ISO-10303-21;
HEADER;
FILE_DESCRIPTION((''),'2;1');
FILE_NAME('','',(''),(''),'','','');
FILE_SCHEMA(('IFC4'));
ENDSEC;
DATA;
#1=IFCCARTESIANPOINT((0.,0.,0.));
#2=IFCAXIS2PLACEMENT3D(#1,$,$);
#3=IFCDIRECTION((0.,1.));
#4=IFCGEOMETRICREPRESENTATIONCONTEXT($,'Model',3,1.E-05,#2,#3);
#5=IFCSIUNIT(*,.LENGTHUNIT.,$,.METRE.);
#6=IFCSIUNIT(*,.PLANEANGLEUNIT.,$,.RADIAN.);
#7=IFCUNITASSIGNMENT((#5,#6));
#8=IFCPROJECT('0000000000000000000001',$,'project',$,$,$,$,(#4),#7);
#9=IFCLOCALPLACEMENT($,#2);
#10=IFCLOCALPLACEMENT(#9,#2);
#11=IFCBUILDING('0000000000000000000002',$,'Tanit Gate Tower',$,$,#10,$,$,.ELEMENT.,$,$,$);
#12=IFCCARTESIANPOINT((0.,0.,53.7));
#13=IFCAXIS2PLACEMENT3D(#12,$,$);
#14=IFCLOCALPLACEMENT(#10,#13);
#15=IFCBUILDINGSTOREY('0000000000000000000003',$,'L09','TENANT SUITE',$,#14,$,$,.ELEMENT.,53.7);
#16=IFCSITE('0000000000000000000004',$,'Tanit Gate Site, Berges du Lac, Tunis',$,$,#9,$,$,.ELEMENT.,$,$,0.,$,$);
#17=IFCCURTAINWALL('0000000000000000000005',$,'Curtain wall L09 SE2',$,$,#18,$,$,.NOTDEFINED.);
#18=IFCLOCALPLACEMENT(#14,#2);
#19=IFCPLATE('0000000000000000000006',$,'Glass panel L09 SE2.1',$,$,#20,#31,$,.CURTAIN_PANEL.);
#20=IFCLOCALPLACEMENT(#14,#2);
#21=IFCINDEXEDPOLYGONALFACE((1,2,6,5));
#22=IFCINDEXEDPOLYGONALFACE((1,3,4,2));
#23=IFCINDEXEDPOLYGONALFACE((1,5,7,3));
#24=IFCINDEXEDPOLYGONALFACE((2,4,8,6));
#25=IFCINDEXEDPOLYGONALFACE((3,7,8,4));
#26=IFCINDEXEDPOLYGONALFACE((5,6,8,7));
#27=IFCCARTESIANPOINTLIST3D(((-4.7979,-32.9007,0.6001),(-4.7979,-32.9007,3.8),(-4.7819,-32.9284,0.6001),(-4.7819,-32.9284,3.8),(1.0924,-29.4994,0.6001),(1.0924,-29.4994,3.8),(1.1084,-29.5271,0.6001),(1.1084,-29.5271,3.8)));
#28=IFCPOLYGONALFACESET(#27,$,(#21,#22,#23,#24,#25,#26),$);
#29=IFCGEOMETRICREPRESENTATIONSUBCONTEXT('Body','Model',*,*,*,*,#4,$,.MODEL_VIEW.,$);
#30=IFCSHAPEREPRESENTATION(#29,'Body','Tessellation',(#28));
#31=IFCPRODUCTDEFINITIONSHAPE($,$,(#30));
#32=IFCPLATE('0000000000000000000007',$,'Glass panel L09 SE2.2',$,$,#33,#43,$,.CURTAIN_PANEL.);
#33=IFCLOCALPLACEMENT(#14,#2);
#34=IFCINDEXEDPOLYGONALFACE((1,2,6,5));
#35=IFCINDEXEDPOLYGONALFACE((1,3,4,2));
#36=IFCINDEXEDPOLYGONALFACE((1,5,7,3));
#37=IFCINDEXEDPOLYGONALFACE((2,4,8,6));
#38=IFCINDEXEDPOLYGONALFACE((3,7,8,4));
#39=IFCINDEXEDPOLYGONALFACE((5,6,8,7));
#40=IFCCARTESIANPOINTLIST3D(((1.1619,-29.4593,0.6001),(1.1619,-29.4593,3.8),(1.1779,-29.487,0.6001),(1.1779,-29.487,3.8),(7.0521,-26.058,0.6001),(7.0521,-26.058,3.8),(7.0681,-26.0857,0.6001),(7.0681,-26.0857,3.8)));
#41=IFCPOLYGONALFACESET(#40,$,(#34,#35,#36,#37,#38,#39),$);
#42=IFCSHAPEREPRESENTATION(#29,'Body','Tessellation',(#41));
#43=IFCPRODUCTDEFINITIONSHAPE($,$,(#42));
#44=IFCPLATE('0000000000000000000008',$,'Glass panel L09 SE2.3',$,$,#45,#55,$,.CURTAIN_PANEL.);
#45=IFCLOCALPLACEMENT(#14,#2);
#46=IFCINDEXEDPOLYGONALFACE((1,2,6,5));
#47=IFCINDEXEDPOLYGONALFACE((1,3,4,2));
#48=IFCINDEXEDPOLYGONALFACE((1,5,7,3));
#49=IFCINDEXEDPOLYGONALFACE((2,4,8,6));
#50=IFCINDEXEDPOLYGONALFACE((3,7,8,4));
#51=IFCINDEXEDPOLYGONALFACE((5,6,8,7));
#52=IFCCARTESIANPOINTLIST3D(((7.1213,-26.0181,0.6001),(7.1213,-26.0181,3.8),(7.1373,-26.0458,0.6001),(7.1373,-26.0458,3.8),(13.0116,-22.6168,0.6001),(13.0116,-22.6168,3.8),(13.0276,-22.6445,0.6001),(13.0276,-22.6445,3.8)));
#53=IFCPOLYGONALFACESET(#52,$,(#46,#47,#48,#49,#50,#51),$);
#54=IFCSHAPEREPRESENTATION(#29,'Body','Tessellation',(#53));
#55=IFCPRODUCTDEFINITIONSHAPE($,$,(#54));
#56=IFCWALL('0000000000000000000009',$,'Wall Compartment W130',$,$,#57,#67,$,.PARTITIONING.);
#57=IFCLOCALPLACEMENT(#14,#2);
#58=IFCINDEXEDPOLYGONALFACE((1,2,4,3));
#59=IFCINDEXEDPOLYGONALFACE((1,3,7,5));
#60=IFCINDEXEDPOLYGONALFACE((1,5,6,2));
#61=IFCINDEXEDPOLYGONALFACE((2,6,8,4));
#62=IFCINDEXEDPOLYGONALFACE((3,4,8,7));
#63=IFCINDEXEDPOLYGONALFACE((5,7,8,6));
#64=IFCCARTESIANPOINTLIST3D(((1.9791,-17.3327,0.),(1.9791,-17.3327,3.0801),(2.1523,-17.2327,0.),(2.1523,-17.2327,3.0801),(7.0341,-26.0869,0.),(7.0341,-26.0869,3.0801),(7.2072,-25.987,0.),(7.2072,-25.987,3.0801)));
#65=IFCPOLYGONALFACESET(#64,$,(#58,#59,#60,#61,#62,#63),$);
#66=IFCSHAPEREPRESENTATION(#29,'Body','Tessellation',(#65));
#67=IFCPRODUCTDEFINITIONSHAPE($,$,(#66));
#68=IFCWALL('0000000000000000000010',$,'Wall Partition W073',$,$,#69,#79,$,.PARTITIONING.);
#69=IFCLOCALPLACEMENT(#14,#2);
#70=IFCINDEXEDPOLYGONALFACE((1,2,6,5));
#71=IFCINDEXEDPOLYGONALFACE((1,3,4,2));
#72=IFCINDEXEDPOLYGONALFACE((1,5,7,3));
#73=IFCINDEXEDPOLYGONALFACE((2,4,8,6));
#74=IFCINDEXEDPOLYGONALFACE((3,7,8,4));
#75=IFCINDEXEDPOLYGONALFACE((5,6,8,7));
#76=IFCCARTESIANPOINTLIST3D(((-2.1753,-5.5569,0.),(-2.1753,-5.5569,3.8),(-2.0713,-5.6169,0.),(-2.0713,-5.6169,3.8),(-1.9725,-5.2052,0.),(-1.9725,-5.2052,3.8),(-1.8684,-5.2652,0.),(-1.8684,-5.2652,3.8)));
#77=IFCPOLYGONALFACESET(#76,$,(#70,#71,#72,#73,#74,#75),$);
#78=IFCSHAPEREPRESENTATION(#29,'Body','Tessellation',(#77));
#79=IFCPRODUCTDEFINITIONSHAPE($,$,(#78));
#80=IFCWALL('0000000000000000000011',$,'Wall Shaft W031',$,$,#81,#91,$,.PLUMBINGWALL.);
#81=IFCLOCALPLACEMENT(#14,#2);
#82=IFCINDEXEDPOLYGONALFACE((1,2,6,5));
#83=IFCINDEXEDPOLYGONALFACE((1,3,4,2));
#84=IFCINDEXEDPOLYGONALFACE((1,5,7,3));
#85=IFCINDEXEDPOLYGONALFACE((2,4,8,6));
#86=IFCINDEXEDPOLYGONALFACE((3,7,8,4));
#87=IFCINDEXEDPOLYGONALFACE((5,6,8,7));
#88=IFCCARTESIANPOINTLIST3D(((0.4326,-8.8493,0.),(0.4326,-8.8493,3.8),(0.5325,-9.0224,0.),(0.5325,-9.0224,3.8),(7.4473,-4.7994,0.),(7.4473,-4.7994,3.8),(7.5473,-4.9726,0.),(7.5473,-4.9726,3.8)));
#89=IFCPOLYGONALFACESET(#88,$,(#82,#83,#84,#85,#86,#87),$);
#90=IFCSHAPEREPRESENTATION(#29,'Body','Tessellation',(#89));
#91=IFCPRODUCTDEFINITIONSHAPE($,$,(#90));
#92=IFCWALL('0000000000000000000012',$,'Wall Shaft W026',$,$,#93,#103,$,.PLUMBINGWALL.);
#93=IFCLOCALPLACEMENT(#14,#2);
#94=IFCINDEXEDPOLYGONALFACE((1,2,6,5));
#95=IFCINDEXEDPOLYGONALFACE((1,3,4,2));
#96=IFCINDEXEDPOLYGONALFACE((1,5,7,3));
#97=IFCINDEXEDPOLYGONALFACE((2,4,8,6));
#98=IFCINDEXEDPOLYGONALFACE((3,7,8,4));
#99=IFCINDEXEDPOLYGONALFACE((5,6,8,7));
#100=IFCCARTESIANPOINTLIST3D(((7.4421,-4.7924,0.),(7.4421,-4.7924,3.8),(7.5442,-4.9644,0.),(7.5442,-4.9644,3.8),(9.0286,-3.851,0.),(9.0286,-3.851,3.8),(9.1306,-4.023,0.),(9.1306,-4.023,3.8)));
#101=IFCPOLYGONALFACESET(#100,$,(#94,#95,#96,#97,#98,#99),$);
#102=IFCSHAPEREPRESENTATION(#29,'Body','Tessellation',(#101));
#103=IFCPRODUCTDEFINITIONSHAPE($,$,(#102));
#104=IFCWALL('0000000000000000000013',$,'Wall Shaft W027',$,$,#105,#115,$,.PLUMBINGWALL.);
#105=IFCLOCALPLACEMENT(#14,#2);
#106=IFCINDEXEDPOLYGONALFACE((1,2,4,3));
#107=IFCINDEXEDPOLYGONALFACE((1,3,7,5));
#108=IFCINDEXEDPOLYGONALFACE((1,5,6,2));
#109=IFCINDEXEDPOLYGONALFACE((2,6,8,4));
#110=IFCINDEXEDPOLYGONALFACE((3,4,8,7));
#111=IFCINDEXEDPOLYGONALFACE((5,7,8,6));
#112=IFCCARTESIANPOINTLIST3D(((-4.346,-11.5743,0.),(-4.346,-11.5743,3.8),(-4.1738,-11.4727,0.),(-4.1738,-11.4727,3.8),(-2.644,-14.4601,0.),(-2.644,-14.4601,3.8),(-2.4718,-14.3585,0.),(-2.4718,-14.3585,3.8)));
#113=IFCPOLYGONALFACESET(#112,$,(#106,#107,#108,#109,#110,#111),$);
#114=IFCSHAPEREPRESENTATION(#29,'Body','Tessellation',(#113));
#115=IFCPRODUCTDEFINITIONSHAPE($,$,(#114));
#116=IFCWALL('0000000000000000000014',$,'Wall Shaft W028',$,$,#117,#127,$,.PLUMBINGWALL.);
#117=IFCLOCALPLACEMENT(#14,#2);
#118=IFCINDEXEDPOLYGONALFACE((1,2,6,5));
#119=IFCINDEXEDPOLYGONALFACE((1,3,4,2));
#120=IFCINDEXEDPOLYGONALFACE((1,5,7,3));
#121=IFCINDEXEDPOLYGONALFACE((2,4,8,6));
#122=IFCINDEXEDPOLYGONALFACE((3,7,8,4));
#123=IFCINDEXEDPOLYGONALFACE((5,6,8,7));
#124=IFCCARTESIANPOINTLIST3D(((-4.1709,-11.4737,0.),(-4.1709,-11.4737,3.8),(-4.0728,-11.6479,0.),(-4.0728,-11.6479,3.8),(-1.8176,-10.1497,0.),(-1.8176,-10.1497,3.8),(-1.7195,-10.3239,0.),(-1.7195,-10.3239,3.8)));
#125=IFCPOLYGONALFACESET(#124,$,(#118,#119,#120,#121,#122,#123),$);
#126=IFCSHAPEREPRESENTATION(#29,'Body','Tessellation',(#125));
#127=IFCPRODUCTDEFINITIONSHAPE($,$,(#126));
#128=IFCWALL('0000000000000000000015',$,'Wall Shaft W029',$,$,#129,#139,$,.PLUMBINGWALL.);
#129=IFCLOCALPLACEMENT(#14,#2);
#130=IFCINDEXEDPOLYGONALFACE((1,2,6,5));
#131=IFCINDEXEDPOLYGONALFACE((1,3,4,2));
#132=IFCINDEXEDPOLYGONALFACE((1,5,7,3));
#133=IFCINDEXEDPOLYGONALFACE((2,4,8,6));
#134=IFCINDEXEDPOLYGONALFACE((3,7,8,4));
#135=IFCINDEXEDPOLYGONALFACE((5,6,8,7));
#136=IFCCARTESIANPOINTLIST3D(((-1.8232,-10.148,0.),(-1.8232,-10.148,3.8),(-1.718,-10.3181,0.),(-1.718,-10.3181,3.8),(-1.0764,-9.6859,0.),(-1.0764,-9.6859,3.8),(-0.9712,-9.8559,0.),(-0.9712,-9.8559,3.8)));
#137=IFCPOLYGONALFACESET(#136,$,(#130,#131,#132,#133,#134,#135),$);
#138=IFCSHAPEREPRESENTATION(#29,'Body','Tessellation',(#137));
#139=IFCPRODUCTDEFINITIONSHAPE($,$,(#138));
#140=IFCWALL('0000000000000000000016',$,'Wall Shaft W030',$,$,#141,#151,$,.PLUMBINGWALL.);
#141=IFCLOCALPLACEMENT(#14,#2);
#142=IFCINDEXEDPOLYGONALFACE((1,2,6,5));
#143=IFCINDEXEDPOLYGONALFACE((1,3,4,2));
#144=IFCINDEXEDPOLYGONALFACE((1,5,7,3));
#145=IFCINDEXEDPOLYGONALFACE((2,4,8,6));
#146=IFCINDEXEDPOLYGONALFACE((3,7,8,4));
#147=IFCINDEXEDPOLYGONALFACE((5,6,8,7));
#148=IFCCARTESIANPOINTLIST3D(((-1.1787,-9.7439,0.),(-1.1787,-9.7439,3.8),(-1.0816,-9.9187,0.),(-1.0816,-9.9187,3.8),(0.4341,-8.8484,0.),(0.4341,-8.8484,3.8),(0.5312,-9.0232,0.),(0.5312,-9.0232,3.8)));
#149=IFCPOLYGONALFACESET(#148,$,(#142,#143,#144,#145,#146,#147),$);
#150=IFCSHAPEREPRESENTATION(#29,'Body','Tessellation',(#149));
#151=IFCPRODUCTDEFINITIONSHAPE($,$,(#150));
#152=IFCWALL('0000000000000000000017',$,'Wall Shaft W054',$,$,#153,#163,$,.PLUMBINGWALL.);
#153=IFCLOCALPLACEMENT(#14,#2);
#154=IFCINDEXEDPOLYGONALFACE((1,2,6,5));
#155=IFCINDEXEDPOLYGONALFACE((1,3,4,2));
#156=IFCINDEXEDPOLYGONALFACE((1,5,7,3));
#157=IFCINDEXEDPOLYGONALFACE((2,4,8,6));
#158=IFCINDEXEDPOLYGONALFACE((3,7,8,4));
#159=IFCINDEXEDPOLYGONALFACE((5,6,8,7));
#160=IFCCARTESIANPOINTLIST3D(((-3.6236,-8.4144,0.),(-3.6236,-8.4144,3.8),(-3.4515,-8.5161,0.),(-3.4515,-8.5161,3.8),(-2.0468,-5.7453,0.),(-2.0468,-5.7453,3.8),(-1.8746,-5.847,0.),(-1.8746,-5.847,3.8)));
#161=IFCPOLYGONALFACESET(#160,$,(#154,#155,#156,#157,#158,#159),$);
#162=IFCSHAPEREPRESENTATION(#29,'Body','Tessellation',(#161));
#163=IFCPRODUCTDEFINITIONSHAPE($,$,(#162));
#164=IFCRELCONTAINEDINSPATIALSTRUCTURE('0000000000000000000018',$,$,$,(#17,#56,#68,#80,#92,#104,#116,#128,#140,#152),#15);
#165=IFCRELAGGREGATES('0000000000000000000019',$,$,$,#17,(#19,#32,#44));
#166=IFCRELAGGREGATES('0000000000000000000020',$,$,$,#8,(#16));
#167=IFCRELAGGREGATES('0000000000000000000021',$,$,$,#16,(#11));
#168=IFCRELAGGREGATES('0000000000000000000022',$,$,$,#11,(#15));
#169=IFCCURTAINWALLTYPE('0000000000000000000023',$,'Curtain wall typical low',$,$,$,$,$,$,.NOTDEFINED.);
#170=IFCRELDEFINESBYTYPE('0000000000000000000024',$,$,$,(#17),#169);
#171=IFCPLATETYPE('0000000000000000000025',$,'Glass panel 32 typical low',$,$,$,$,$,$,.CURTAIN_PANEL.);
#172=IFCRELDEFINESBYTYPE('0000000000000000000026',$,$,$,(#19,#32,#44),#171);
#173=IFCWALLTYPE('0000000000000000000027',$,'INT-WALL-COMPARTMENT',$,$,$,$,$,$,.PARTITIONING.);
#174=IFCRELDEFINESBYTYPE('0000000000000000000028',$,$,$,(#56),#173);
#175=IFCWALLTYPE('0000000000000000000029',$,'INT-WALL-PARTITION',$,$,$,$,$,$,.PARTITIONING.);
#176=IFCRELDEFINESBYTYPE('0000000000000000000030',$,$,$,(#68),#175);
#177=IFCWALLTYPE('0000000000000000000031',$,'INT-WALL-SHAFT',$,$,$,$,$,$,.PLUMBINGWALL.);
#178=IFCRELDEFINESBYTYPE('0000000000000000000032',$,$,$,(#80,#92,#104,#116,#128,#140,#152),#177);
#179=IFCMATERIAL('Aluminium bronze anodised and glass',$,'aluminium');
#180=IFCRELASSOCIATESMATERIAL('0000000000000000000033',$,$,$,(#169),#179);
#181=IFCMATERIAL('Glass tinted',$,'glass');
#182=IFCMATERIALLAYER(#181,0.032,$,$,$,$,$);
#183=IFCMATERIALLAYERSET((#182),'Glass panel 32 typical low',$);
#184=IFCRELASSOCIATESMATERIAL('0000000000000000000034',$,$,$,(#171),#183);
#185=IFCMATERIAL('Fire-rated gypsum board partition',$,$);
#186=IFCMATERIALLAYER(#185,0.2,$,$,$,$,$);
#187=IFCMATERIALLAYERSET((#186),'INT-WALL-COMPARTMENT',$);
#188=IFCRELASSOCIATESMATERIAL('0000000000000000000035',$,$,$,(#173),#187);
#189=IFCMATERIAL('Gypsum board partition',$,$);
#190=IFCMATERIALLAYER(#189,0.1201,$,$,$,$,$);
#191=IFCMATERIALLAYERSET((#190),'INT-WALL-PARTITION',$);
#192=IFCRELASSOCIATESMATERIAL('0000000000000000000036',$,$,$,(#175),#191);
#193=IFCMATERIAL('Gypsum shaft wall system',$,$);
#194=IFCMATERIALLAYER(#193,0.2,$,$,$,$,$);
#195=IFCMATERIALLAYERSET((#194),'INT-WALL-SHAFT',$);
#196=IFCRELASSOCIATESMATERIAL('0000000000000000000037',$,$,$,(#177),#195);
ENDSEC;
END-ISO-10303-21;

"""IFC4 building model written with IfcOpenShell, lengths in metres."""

from ifc_helpers import new_model, si_unit, direction, frame, frame_2d, origin, origin_2d, place, context, subcontext, project, spatial, rectangle, extrude, material, layer, layer_set, type_object, element, aggregate, save


model = new_model("IFC4")

# Units and contexts
model_context = context("Model", 3, precision=1e-05, world=origin(), true_north=direction((0.0, 1.0)))
body_context = subcontext(model_context, "Body", "Model", "MODEL_VIEW")
ifc_project = project(units=[si_unit("LENGTHUNIT", "METRE"), si_unit("PLANEANGLEUNIT", "RADIAN")], contexts=[model_context])

# Site, building, storey
site_placement = place(None, origin())
site = spatial("IfcSite", under=ifc_project, at=site_placement, Name="Tanit Gate Site, Berges du Lac, Tunis", CompositionType="ELEMENT", RefElevation=0.0)
building_placement = place(site_placement, origin())
building = spatial("IfcBuilding", under=site, at=building_placement, Name="Tanit Gate Tower", CompositionType="ELEMENT")
storey_placement = place(building_placement, frame((0.0, 0.0, 53.7)))
storey = spatial("IfcBuildingStorey", under=building, at=storey_placement, Name="L09", Description="TENANT SUITE", CompositionType="ELEMENT", Elevation=53.7)

# Curtain wall
ifc_material_1 = material(Name="Aluminium bronze anodised and glass", Category="aluminium")
curtain_wall_type = type_object("IfcCurtainWallType", Name="Curtain wall typical low", PredefinedType="NOTDEFINED", material=ifc_material_1)
curtain_wall_placement = place(storey_placement, origin())
curtain_wall = element("IfcCurtainWall", 1, at=curtain_wall_placement, inside=storey, type_object=curtain_wall_type, Name="Curtain wall L09 SE2", PredefinedType="NOTDEFINED")

# Plates
ifc_material_2 = material(Name="Glass tinted", Category="glass")
ifc_layer_1 = layer(ifc_material_2, 0.032)
ifc_layer_set_1 = layer_set([ifc_layer_1], Name="Glass panel 32 typical low")
plate_type = type_object("IfcPlateType", Name="Glass panel 32 typical low", PredefinedType="CURTAIN_PANEL", material=ifc_layer_set_1)
plate_1_placement = place(storey_placement, frame((-1.8447, -31.2139, 0.6001), z_axis=(0.0, 0.0, 1.0), x_axis=(0.865991, 0.50006, 0.0)))
plate_1 = element("IfcPlate", 2, at=plate_1_placement, type_object=plate_type, Name="Glass panel L09 SE2.1", PredefinedType="CURTAIN_PANEL", context=body_context, shape_type="SweptSolid", body=[
    extrude(rectangle(XDim=6.8018, YDim=0.032, at=origin_2d()), origin(), (0.0, 0.0, 1.0), 3.2),
])
plate_2_placement = place(storey_placement, frame((4.115, -27.7725, 0.6001), z_axis=(0.0, 0.0, 1.0), x_axis=(0.865991, 0.50006, 0.0)))
plate_2 = element("IfcPlate", 3, at=plate_2_placement, type_object=plate_type, Name="Glass panel L09 SE2.2", PredefinedType="CURTAIN_PANEL", context=body_context, shape_type="SweptSolid", body=[
    extrude(rectangle(XDim=6.8018, YDim=0.032, at=origin_2d()), origin(), (0.0, 0.0, 1.0), 3.2),
])
plate_3_placement = place(storey_placement, frame((10.0745, -24.3313, 0.6001), z_axis=(0.0, 0.0, 1.0), x_axis=(0.865991, 0.50006, 0.0)))
plate_3 = element("IfcPlate", 4, at=plate_3_placement, type_object=plate_type, Name="Glass panel L09 SE2.3", PredefinedType="CURTAIN_PANEL", context=body_context, shape_type="SweptSolid", body=[
    extrude(rectangle(XDim=6.8018, YDim=0.032, at=origin_2d()), origin(), (0.0, 0.0, 1.0), 3.2),
])
aggregate(curtain_wall, [plate_1, plate_2, plate_3])

# Walls
ifc_material_3 = material(Name="Fire-rated gypsum board partition")
ifc_layer_2 = layer(ifc_material_3, 0.2)
ifc_layer_set_2 = layer_set([ifc_layer_2], Name="INT-WALL-COMPARTMENT")
wall_type_1 = type_object("IfcWallType", Name="INT-WALL-COMPARTMENT", PredefinedType="PARTITIONING", material=ifc_layer_set_2)
wall_1_placement = place(storey_placement, frame((2.0657, -17.2827, 0.0), z_axis=(0.0, 0.0, 1.0), x_axis=(0.500053, -0.865995, 0.0)))
element("IfcWall", 5, at=wall_1_placement, inside=storey, type_object=wall_type_1, Name="Wall Compartment W130", PredefinedType="PARTITIONING", context=body_context, shape_type="SweptSolid", body=[
    extrude(rectangle(XDim=10.1089, YDim=0.2, at=frame_2d((5.0544, 0.0))), origin(), (0.0, 0.0, 1.0), 3.0801),
])
ifc_material_4 = material(Name="Gypsum board partition")
ifc_layer_3 = layer(ifc_material_4, 0.1201)
ifc_layer_set_3 = layer_set([ifc_layer_3], Name="INT-WALL-PARTITION")
wall_type_2 = type_object("IfcWallType", Name="INT-WALL-PARTITION", PredefinedType="PARTITIONING", material=ifc_layer_set_3)
wall_2_placement = place(storey_placement, frame((-1.9204, -5.2351, 0.0), z_axis=(0.0, 0.0, 1.0), x_axis=(-0.499566, -0.866276, 0.0)))
element("IfcWall", 6, at=wall_2_placement, inside=storey, type_object=wall_type_2, Name="Wall Partition W073", PredefinedType="PARTITIONING", context=body_context, shape_type="SweptSolid", body=[
    extrude(rectangle(XDim=0.406, YDim=0.1201, at=frame_2d((0.2031, 0.0))), origin(), (0.0, 0.0, 1.0), 3.8),
])
ifc_material_5 = material(Name="Gypsum shaft wall system")
ifc_layer_4 = layer(ifc_material_5, 0.2)
ifc_layer_set_4 = layer_set([ifc_layer_4], Name="INT-WALL-SHAFT")
wall_type_3 = type_object("IfcWallType", Name="INT-WALL-SHAFT", PredefinedType="PLUMBINGWALL", material=ifc_layer_set_4)
wall_3_placement = place(storey_placement, frame((0.4827, -8.9358, 0.0), z_axis=(0.0, 0.0, 1.0), x_axis=(0.866031, 0.49999, 0.0)))
element("IfcWall", 7, at=wall_3_placement, inside=storey, type_object=wall_type_3, Name="Wall Shaft W031", PredefinedType="PLUMBINGWALL", context=body_context, shape_type="SweptSolid", body=[
    extrude(rectangle(XDim=8.0999, YDim=0.2, at=frame_2d((4.0498, 0.0))), origin(), (0.0, 0.0, 1.0), 3.8),
])
wall_4_placement = place(storey_placement, frame((7.4932, -4.8784, 0.0), z_axis=(0.0, 0.0, 1.0), x_axis=(0.859982, 0.510325, 0.0)))
element("IfcWall", 8, at=wall_4_placement, inside=storey, type_object=wall_type_3, Name="Wall Shaft W026", PredefinedType="PLUMBINGWALL", context=body_context, shape_type="SweptSolid", body=[
    extrude(rectangle(XDim=1.8447, YDim=0.2, at=frame_2d((0.9224, 0.0))), origin(), (0.0, 0.0, 1.0), 3.8),
])
wall_5_placement = place(storey_placement, frame((-2.5579, -14.4094, 0.0), z_axis=(0.0, 0.0, 1.0), x_axis=(-0.507997, 0.861359, 0.0)))
element("IfcWall", 9, at=wall_5_placement, inside=storey, type_object=wall_type_3, Name="Wall Shaft W027", PredefinedType="PLUMBINGWALL", context=body_context, shape_type="SweptSolid", body=[
    extrude(rectangle(XDim=3.3503, YDim=0.2, at=frame_2d((1.6753, 0.0))), origin(), (0.0, 0.0, 1.0), 3.8),
])
wall_6_placement = place(storey_placement, frame((-1.7686, -10.2368, 0.0), z_axis=(0.0, 0.0, 1.0), x_axis=(-0.871534, -0.490334, 0.0)))
element("IfcWall", 10, at=wall_6_placement, inside=storey, type_object=wall_type_3, Name="Wall Shaft W028", PredefinedType="PLUMBINGWALL", context=body_context, shape_type="SweptSolid", body=[
    extrude(rectangle(XDim=2.7002, YDim=0.2, at=frame_2d((1.3501, 0.0))), origin(), (0.0, 0.0, 1.0), 3.8),
])
wall_7_placement = place(storey_placement, frame((-1.0239, -9.771, 0.0), z_axis=(0.0, 0.0, 1.0), x_axis=(-0.850348, -0.526221, 0.0)))
element("IfcWall", 11, at=wall_7_placement, inside=storey, type_object=wall_type_3, Name="Wall Shaft W029", PredefinedType="PLUMBINGWALL", context=body_context, shape_type="SweptSolid", body=[
    extrude(rectangle(XDim=0.8782, YDim=0.2, at=frame_2d((0.439, 0.0))), origin(), (0.0, 0.0, 1.0), 3.8),
])
wall_8_placement = place(storey_placement, frame((-1.1301, -9.8313, 0.0), z_axis=(0.0, 0.0, 1.0), x_axis=(0.87427, 0.485441, 0.0)))
element("IfcWall", 12, at=wall_8_placement, inside=storey, type_object=wall_type_3, Name="Wall Shaft W030", PredefinedType="PLUMBINGWALL", context=body_context, shape_type="SweptSolid", body=[
    extrude(rectangle(XDim=1.8447, YDim=0.2, at=frame_2d((0.9224, 0.0))), origin(), (0.0, 0.0, 1.0), 3.8),
])
wall_9_placement = place(storey_placement, frame((-1.9607, -5.7961, 0.0), z_axis=(0.0, 0.0, 1.0), x_axis=(-0.508647, -0.860975, 0.0)))
element("IfcWall", 13, at=wall_9_placement, inside=storey, type_object=wall_type_3, Name="Wall Shaft W054", PredefinedType="PLUMBINGWALL", context=body_context, shape_type="SweptSolid", body=[
    extrude(rectangle(XDim=3.1001, YDim=0.2, at=frame_2d((1.55, 0.0))), origin(), (0.0, 0.0, 1.0), 3.8),
])

save(model, "model.ifc")
